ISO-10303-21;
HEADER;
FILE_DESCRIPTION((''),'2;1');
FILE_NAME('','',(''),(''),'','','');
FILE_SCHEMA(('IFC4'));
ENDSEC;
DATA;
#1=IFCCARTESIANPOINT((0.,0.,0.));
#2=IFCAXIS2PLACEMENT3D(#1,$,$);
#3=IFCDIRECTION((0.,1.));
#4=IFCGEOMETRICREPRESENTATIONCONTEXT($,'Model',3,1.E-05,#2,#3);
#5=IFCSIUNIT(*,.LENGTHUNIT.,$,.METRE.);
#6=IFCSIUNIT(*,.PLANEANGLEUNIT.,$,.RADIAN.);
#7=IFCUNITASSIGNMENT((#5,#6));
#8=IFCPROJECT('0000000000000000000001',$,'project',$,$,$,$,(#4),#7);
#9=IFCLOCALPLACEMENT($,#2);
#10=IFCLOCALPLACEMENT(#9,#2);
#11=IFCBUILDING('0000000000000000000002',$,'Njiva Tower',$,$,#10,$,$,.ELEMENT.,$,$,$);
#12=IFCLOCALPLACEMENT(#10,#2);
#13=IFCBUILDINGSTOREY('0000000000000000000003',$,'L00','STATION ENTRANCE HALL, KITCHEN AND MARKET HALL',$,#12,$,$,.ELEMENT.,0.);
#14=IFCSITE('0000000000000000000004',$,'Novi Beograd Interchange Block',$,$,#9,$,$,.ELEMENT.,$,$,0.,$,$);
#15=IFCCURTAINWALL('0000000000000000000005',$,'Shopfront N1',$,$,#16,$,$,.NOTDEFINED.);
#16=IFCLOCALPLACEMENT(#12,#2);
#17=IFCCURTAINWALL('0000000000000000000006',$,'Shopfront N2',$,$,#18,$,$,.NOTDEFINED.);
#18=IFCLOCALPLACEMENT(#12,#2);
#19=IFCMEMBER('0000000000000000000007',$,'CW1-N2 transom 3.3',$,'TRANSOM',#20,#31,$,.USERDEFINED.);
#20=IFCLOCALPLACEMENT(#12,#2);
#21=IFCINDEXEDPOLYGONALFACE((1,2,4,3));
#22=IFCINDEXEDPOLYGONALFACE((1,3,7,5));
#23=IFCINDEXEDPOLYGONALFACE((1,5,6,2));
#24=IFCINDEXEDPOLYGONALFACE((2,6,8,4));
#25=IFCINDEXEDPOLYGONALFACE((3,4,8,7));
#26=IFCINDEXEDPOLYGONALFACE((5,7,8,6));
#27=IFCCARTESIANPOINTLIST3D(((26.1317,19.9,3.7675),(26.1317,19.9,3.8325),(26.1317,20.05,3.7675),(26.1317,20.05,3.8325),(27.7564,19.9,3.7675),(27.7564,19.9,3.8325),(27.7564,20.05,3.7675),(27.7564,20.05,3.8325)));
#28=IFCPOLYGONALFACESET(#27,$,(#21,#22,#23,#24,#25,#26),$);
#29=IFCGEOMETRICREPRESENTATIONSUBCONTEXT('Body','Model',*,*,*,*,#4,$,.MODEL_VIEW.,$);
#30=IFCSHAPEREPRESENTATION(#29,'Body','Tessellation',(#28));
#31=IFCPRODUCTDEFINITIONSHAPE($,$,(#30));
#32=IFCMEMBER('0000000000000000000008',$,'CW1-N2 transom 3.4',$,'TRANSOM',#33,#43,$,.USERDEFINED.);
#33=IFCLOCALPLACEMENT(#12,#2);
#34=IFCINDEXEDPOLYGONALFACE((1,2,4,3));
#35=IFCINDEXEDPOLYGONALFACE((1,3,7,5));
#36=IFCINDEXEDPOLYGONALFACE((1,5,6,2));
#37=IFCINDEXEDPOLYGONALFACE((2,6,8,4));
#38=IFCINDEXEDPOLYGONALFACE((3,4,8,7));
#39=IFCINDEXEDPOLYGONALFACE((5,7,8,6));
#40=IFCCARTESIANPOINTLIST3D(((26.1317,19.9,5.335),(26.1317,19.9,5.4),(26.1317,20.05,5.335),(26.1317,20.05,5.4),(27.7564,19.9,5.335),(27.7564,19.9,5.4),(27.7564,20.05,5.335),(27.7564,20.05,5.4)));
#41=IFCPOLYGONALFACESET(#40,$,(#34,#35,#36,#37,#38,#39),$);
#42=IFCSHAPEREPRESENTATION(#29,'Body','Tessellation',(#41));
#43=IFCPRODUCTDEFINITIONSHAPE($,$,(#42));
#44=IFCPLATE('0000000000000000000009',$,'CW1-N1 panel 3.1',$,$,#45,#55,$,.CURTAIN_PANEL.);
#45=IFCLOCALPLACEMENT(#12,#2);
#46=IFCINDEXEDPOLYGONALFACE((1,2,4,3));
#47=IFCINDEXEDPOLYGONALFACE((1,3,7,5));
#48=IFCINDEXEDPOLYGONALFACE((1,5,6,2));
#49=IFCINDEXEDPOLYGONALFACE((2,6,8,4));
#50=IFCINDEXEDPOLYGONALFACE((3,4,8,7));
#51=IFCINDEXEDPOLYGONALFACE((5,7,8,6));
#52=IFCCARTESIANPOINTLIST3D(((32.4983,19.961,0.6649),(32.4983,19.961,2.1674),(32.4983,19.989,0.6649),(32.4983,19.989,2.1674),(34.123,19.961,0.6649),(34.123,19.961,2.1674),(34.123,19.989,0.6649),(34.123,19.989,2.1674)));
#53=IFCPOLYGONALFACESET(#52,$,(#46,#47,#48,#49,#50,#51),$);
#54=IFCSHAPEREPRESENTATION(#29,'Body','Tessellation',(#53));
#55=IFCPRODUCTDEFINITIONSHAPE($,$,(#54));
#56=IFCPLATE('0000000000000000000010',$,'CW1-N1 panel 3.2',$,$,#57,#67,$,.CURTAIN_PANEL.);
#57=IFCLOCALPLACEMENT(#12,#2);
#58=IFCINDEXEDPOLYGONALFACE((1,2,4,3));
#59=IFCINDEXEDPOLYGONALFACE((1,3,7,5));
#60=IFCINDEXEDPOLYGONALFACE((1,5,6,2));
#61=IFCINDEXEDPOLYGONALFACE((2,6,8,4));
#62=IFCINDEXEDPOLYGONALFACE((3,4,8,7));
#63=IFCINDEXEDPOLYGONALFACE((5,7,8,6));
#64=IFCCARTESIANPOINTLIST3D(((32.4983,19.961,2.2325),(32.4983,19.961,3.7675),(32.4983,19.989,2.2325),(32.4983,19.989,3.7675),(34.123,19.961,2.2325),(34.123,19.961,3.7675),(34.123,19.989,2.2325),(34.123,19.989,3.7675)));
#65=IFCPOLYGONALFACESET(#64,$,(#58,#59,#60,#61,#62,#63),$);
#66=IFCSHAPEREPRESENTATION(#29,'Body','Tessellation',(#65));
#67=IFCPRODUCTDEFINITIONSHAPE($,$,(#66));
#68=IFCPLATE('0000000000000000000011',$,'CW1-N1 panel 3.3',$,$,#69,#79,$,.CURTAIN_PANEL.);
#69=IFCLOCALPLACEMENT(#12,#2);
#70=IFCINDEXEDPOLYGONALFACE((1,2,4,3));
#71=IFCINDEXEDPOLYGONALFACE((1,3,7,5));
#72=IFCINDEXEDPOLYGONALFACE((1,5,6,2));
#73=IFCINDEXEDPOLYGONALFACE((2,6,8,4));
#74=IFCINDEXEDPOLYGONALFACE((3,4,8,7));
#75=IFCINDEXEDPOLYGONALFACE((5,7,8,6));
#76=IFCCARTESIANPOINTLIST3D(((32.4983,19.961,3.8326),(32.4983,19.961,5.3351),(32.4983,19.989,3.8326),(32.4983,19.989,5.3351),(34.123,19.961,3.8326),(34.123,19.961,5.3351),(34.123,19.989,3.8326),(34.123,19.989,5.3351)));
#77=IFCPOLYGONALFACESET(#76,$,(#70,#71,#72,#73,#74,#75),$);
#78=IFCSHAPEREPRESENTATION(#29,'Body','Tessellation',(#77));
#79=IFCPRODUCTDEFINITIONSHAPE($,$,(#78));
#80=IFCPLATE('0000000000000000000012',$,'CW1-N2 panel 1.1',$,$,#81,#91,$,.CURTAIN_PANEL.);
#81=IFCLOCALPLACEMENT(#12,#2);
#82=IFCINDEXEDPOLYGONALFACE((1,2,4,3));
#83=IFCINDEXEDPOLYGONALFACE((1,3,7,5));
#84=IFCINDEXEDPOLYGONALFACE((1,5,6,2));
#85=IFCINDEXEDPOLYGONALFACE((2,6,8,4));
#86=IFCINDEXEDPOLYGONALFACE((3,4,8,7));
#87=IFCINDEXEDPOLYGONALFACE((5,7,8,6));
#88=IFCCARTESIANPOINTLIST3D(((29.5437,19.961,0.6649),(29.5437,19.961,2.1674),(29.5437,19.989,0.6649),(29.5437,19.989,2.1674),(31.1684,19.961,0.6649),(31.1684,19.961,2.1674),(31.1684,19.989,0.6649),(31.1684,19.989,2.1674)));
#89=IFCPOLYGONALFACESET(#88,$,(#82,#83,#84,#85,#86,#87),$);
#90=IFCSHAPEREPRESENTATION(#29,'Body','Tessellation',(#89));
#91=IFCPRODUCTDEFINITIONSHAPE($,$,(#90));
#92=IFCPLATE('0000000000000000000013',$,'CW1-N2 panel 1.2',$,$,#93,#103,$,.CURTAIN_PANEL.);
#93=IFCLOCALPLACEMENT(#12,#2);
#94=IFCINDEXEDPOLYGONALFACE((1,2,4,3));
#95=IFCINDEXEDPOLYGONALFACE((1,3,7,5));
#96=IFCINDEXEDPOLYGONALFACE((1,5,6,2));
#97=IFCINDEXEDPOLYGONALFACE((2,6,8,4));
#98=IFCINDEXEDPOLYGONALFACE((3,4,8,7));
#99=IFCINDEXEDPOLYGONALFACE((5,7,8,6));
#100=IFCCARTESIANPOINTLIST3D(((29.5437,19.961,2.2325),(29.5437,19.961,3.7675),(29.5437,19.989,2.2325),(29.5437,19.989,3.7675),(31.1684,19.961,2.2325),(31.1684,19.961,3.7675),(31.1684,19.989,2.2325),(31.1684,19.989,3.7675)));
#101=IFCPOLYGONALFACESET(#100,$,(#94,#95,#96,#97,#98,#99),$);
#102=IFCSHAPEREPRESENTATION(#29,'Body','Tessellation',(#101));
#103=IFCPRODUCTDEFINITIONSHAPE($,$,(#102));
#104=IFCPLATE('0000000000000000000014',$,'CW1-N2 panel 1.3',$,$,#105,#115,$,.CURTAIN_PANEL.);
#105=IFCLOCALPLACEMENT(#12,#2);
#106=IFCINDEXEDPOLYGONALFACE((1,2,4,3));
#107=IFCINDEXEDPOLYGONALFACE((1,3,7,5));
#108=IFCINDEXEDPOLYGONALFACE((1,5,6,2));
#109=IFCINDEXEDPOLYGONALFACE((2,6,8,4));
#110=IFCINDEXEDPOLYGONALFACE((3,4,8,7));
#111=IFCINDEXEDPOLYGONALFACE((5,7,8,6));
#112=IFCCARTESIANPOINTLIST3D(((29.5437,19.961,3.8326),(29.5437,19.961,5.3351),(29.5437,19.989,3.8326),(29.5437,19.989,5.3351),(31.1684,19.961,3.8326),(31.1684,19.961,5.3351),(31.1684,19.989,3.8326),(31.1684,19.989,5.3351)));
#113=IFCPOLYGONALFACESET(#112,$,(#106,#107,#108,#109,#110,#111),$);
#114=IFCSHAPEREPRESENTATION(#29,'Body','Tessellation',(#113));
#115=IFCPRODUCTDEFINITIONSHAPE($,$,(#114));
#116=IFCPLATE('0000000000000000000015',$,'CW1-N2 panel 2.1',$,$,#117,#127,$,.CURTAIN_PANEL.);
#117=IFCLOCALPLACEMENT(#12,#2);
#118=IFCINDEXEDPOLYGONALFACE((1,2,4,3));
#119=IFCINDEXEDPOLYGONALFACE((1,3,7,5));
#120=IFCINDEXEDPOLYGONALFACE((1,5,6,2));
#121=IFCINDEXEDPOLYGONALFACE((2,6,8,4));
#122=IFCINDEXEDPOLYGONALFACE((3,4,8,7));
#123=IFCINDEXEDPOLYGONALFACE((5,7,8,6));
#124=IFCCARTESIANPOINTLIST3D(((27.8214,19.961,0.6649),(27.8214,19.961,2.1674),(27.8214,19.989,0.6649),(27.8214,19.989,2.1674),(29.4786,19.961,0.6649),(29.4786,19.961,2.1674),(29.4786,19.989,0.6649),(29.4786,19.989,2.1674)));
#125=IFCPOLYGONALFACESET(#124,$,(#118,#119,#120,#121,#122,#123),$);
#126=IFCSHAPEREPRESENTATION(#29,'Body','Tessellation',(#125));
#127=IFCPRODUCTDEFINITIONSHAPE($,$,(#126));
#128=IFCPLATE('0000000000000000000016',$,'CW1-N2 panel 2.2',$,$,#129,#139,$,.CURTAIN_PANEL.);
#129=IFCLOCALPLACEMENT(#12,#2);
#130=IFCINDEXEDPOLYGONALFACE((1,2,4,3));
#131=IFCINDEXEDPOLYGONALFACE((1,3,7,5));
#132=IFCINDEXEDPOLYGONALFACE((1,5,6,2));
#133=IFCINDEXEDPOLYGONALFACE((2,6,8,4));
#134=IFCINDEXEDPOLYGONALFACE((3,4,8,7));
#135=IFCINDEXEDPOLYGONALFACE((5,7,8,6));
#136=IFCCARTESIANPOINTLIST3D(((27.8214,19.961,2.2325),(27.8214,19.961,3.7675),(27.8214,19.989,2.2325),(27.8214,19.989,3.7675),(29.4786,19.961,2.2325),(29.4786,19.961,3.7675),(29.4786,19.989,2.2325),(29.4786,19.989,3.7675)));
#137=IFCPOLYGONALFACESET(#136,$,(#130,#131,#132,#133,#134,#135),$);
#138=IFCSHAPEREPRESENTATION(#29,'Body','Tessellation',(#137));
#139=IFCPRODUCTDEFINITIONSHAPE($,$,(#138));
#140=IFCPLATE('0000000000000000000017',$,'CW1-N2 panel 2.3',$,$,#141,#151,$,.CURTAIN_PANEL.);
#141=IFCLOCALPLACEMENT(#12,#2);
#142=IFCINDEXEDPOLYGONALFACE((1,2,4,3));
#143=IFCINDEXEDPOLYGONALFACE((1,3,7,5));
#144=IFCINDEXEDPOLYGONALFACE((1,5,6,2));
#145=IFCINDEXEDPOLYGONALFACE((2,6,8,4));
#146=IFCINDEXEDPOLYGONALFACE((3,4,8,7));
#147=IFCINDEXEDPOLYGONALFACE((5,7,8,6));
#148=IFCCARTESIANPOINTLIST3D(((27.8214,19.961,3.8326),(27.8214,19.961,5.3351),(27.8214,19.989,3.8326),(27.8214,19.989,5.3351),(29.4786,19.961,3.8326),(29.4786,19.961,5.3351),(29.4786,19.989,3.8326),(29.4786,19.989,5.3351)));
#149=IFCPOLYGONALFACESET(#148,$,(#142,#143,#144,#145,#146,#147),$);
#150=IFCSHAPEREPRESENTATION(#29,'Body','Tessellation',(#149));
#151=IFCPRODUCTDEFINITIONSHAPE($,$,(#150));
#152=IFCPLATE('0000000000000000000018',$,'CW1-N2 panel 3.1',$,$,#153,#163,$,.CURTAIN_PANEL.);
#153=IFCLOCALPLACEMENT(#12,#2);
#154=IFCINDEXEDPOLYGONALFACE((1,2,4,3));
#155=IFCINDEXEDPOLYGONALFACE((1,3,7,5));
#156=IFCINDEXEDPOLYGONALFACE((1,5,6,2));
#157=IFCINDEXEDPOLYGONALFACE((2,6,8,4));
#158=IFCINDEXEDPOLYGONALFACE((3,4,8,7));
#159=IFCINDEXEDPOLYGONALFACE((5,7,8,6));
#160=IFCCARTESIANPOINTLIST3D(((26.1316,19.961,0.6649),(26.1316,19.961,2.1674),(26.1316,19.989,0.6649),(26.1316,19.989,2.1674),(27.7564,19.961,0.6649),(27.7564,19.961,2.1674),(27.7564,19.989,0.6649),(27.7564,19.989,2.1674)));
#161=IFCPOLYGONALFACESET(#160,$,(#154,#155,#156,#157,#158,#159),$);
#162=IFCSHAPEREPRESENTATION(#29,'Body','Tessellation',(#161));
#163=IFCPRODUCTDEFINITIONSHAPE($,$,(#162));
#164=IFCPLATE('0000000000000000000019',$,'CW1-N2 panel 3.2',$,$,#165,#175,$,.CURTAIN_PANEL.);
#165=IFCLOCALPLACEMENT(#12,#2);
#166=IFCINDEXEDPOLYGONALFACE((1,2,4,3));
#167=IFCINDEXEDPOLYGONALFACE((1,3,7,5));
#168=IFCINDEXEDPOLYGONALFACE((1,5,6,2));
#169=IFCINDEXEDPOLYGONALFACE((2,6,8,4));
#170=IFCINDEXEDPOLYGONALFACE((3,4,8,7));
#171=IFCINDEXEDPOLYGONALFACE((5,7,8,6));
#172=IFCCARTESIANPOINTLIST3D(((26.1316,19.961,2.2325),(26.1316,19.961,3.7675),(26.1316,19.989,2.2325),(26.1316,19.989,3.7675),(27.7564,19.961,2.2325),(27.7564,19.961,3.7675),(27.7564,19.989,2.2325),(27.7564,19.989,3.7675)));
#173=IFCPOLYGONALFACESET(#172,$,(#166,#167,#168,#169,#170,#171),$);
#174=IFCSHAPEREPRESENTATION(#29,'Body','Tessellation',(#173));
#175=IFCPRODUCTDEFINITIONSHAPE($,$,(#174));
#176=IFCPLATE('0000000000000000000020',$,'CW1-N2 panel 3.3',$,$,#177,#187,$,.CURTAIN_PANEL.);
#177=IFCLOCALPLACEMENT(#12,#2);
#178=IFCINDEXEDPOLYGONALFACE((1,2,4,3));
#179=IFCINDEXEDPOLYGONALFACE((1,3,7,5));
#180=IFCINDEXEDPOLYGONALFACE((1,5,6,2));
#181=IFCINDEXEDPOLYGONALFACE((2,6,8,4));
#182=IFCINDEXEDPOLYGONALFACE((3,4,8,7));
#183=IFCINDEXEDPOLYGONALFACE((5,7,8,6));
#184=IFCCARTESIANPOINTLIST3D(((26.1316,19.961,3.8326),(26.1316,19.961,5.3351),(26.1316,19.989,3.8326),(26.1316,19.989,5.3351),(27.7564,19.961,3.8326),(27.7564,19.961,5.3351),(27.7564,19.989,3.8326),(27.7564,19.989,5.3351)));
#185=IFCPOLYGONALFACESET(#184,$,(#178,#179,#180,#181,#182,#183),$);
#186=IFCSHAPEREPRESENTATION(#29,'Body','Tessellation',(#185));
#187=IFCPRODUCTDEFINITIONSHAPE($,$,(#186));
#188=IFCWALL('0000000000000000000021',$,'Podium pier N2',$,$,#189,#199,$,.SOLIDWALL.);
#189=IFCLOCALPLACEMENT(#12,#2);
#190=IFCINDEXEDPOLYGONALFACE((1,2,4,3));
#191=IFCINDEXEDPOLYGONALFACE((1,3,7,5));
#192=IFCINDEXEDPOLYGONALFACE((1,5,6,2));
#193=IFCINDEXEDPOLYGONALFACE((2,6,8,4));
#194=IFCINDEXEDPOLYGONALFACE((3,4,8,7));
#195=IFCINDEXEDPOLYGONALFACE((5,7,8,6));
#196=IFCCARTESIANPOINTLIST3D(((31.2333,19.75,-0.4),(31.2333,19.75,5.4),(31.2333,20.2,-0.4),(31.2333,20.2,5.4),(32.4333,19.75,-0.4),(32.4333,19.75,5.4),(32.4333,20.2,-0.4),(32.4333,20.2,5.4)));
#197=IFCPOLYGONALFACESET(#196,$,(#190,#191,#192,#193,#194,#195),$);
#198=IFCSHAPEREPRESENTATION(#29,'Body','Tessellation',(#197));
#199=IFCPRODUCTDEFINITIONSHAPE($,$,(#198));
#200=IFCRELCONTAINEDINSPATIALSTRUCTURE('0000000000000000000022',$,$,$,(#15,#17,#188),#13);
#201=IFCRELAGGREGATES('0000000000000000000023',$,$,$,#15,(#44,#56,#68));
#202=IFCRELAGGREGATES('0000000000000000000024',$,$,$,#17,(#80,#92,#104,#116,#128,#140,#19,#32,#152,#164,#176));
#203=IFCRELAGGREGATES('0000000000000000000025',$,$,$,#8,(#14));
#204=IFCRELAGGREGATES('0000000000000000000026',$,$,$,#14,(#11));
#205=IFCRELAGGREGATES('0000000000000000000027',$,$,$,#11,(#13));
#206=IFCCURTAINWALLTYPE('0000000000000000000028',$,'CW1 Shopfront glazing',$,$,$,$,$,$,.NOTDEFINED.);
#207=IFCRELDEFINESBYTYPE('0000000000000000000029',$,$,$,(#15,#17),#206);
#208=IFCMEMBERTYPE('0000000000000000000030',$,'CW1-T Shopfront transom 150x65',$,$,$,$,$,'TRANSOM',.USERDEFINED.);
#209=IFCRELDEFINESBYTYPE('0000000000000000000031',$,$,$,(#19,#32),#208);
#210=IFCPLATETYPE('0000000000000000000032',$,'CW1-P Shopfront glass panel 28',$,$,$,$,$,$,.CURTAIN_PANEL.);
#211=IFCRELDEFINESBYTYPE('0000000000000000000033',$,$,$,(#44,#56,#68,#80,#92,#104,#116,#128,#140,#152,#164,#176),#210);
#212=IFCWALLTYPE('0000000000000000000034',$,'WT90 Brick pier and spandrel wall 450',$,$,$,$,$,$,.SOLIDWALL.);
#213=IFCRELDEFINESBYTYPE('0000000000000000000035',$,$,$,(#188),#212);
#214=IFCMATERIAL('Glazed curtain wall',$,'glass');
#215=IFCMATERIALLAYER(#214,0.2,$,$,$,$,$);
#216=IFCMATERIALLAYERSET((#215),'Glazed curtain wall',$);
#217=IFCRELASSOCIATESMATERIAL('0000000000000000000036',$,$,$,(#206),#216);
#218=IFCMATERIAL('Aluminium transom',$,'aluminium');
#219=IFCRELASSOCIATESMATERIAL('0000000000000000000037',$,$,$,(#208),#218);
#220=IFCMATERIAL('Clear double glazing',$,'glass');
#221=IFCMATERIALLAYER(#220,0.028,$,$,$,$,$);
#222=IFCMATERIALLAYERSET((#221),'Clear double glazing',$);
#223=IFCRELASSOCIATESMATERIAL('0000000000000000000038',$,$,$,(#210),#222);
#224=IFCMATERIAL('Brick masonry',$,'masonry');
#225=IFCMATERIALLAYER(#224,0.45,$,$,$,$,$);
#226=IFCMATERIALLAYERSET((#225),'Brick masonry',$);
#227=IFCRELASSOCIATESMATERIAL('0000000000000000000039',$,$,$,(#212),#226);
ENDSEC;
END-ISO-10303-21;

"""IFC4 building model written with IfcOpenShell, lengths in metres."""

from ifc_helpers import new_model, si_unit, direction, frame, origin, origin_2d, place, context, subcontext, project, spatial, polyline, rectangle, outline, extrude, material, layer, layer_set, material_profile, profile_set, type_object, element, aggregate, save


model = new_model("IFC4")

# Units and contexts
model_context = context("Model", 3, precision=1e-05, world=origin(), true_north=direction((0.0, 1.0)))
body_context = subcontext(model_context, "Body", "Model", "MODEL_VIEW")
ifc_project = project(units=[si_unit("LENGTHUNIT", "METRE"), si_unit("PLANEANGLEUNIT", "RADIAN")], contexts=[model_context])

# Site, building, storey
site_placement = place(None, origin())
site = spatial("IfcSite", under=ifc_project, at=site_placement, Name="Novi Beograd Interchange Block", CompositionType="ELEMENT", RefElevation=0.0)
building_placement = place(site_placement, origin())
building = spatial("IfcBuilding", under=site, at=building_placement, Name="Njiva Tower", CompositionType="ELEMENT")
storey_placement = place(building_placement, origin())
storey = spatial("IfcBuildingStorey", under=building, at=storey_placement, Name="L00", Description="STATION ENTRANCE HALL, KITCHEN AND MARKET HALL", CompositionType="ELEMENT", Elevation=0.0)

# Curtain wall
ifc_material_1 = material(Name="Glazed curtain wall", Category="glass")
ifc_layer_1 = layer(ifc_material_1, 0.2)
ifc_layer_set_1 = layer_set([ifc_layer_1], Name="Glazed curtain wall")
curtain_wall_type = type_object("IfcCurtainWallType", Name="CW1 Shopfront glazing", PredefinedType="NOTDEFINED", material=ifc_layer_set_1)
curtain_wall_1_placement = place(storey_placement, origin())
curtain_wall_1 = element("IfcCurtainWall", 1, at=curtain_wall_1_placement, inside=storey, type_object=curtain_wall_type, Name="Shopfront N1", PredefinedType="NOTDEFINED")

# Curtain wall, members
curtain_wall_2_placement = place(storey_placement, origin())
curtain_wall_2 = element("IfcCurtainWall", 2, at=curtain_wall_2_placement, inside=storey, type_object=curtain_wall_type, Name="Shopfront N2", PredefinedType="NOTDEFINED")
ifc_material_2 = material(Name="Aluminium transom", Category="aluminium")
ifc_material_profile_1 = material_profile(ifc_material_2, rectangle(XDim=0.15, YDim=0.065, at=origin_2d()), Name="RECT 150x65")
ifc_profile_set_1 = profile_set([ifc_material_profile_1], Name="Aluminium transom")
member_type_1 = type_object("IfcMemberType", Name="CW1-T Shopfront transom 150x65", ElementType="TRANSOM", PredefinedType="USERDEFINED", material=ifc_profile_set_1)
member_1_placement = place(storey_placement, frame((27.7564, 19.975, 3.8), z_axis=(-1.0, 0.0, 0.0), x_axis=(0.0, -1.0, 0.0)))
member_1 = element("IfcMember", 3, at=member_1_placement, type_object=member_type_1, Name="CW1-N2 transom 3.3", ObjectType="TRANSOM", PredefinedType="USERDEFINED", context=body_context, shape_type="SweptSolid", body=[
    extrude(rectangle(XDim=0.15, YDim=0.065, at=origin_2d()), origin(), (0.0, 0.0, 1.0), 1.6247),
])
member_2_placement = place(storey_placement, frame((27.7564, 19.975, 5.3675), z_axis=(-1.0, 0.0, 0.0), x_axis=(0.0, -1.0, 0.0)))
member_2 = element("IfcMember", 4, at=member_2_placement, type_object=member_type_1, Name="CW1-N2 transom 3.4", ObjectType="TRANSOM", PredefinedType="USERDEFINED", context=body_context, shape_type="SweptSolid", body=[
    extrude(rectangle(XDim=0.15, YDim=0.065, at=origin_2d()), origin(), (0.0, 0.0, 1.0), 1.6247),
])

# Plates
ifc_material_3 = material(Name="Clear double glazing", Category="glass")
ifc_layer_2 = layer(ifc_material_3, 0.028)
ifc_layer_set_2 = layer_set([ifc_layer_2], Name="Clear double glazing")
plate_type = type_object("IfcPlateType", Name="CW1-P Shopfront glass panel 28", PredefinedType="CURTAIN_PANEL", material=ifc_layer_set_2)
plate_1_placement = place(storey_placement, frame((33.3107, 19.975, 0.6649), z_axis=(0.0, 0.0, 1.0), x_axis=(-1.0, 0.0, 0.0)))
plate_1 = element("IfcPlate", 5, at=plate_1_placement, type_object=plate_type, Name="CW1-N1 panel 3.1", PredefinedType="CURTAIN_PANEL", context=body_context, shape_type="SweptSolid", body=[
    extrude(rectangle(XDim=1.6247, YDim=0.028, at=origin_2d()), origin(), (0.0, 0.0, 1.0), 1.5025),
])
plate_2_placement = place(storey_placement, frame((33.3107, 19.975, 2.2325), z_axis=(0.0, 0.0, 1.0), x_axis=(-1.0, 0.0, 0.0)))
plate_2 = element("IfcPlate", 6, at=plate_2_placement, type_object=plate_type, Name="CW1-N1 panel 3.2", PredefinedType="CURTAIN_PANEL", context=body_context, shape_type="SweptSolid", body=[
    extrude(rectangle(XDim=1.6247, YDim=0.028, at=origin_2d()), origin(), (0.0, 0.0, 1.0), 1.535),
])
plate_3_placement = place(storey_placement, frame((33.3107, 19.975, 3.8326), z_axis=(0.0, 0.0, 1.0), x_axis=(-1.0, 0.0, 0.0)))
plate_3 = element("IfcPlate", 7, at=plate_3_placement, type_object=plate_type, Name="CW1-N1 panel 3.3", PredefinedType="CURTAIN_PANEL", context=body_context, shape_type="SweptSolid", body=[
    extrude(rectangle(XDim=1.6247, YDim=0.028, at=origin_2d()), origin(), (0.0, 0.0, 1.0), 1.5025),
])
aggregate(curtain_wall_1, [plate_1, plate_2, plate_3])
plate_4_placement = place(storey_placement, frame((30.356, 19.975, 0.6649), z_axis=(0.0, 0.0, 1.0), x_axis=(-1.0, 0.0, 0.0)))
plate_4 = element("IfcPlate", 8, at=plate_4_placement, type_object=plate_type, Name="CW1-N2 panel 1.1", PredefinedType="CURTAIN_PANEL", context=body_context, shape_type="SweptSolid", body=[
    extrude(rectangle(XDim=1.6247, YDim=0.028, at=origin_2d()), origin(), (0.0, 0.0, 1.0), 1.5025),
])
plate_5_placement = place(storey_placement, frame((30.356, 19.975, 2.2325), z_axis=(0.0, 0.0, 1.0), x_axis=(-1.0, 0.0, 0.0)))
plate_5 = element("IfcPlate", 9, at=plate_5_placement, type_object=plate_type, Name="CW1-N2 panel 1.2", PredefinedType="CURTAIN_PANEL", context=body_context, shape_type="SweptSolid", body=[
    extrude(rectangle(XDim=1.6247, YDim=0.028, at=origin_2d()), origin(), (0.0, 0.0, 1.0), 1.535),
])
plate_6_placement = place(storey_placement, frame((30.356, 19.975, 3.8326), z_axis=(0.0, 0.0, 1.0), x_axis=(-1.0, 0.0, 0.0)))
plate_6 = element("IfcPlate", 10, at=plate_6_placement, type_object=plate_type, Name="CW1-N2 panel 1.3", PredefinedType="CURTAIN_PANEL", context=body_context, shape_type="SweptSolid", body=[
    extrude(rectangle(XDim=1.6247, YDim=0.028, at=origin_2d()), origin(), (0.0, 0.0, 1.0), 1.5025),
])
plate_7_placement = place(storey_placement, frame((28.65, 19.975, 0.6649), z_axis=(0.0, 0.0, 1.0), x_axis=(-1.0, 0.0, 0.0)))
plate_7 = element("IfcPlate", 11, at=plate_7_placement, type_object=plate_type, Name="CW1-N2 panel 2.1", PredefinedType="CURTAIN_PANEL", context=body_context, shape_type="SweptSolid", body=[
    extrude(rectangle(XDim=1.6572, YDim=0.028, at=origin_2d()), origin(), (0.0, 0.0, 1.0), 1.5025),
])
plate_8_placement = place(storey_placement, frame((28.65, 19.975, 2.2325), z_axis=(0.0, 0.0, 1.0), x_axis=(-1.0, 0.0, 0.0)))
plate_8 = element("IfcPlate", 12, at=plate_8_placement, type_object=plate_type, Name="CW1-N2 panel 2.2", PredefinedType="CURTAIN_PANEL", context=body_context, shape_type="SweptSolid", body=[
    extrude(rectangle(XDim=1.6572, YDim=0.028, at=origin_2d()), origin(), (0.0, 0.0, 1.0), 1.535),
])
plate_9_placement = place(storey_placement, frame((28.65, 19.975, 3.8326), z_axis=(0.0, 0.0, 1.0), x_axis=(-1.0, 0.0, 0.0)))
plate_9 = element("IfcPlate", 13, at=plate_9_placement, type_object=plate_type, Name="CW1-N2 panel 2.3", PredefinedType="CURTAIN_PANEL", context=body_context, shape_type="SweptSolid", body=[
    extrude(rectangle(XDim=1.6572, YDim=0.028, at=origin_2d()), origin(), (0.0, 0.0, 1.0), 1.5025),
])
plate_10_placement = place(storey_placement, frame((26.944, 19.975, 0.6649), z_axis=(0.0, 0.0, 1.0), x_axis=(-1.0, 0.0, 0.0)))
plate_10 = element("IfcPlate", 14, at=plate_10_placement, type_object=plate_type, Name="CW1-N2 panel 3.1", PredefinedType="CURTAIN_PANEL", context=body_context, shape_type="SweptSolid", body=[
    extrude(rectangle(XDim=1.6247, YDim=0.028, at=origin_2d()), origin(), (0.0, 0.0, 1.0), 1.5025),
])
plate_11_placement = place(storey_placement, frame((26.944, 19.975, 2.2325), z_axis=(0.0, 0.0, 1.0), x_axis=(-1.0, 0.0, 0.0)))
plate_11 = element("IfcPlate", 15, at=plate_11_placement, type_object=plate_type, Name="CW1-N2 panel 3.2", PredefinedType="CURTAIN_PANEL", context=body_context, shape_type="SweptSolid", body=[
    extrude(rectangle(XDim=1.6247, YDim=0.028, at=origin_2d()), origin(), (0.0, 0.0, 1.0), 1.535),
])
plate_12_placement = place(storey_placement, frame((26.944, 19.975, 3.8326), z_axis=(0.0, 0.0, 1.0), x_axis=(-1.0, 0.0, 0.0)))
plate_12 = element("IfcPlate", 16, at=plate_12_placement, type_object=plate_type, Name="CW1-N2 panel 3.3", PredefinedType="CURTAIN_PANEL", context=body_context, shape_type="SweptSolid", body=[
    extrude(rectangle(XDim=1.6247, YDim=0.028, at=origin_2d()), origin(), (0.0, 0.0, 1.0), 1.5025),
])
aggregate(curtain_wall_2, [plate_4, plate_5, plate_6, plate_7, plate_8, plate_9, member_1, member_2, plate_10, plate_11, plate_12])

# Wall
ifc_material_4 = material(Name="Brick masonry", Category="masonry")
ifc_layer_3 = layer(ifc_material_4, 0.45)
ifc_layer_set_3 = layer_set([ifc_layer_3], Name="Brick masonry")
wall_type = type_object("IfcWallType", Name="WT90 Brick pier and spandrel wall 450", PredefinedType="SOLIDWALL", material=ifc_layer_set_3)
for number, where, z_axis, x_axis, name in (
    (17, (32.4333, 19.975, -0.4), (0.0, 0.0, 1.0), (-1.0, 0.0, 0.0), "Podium pier N2"),
):
    element("IfcWall", number, at=place(storey_placement, frame(where, z_axis=z_axis, x_axis=x_axis)), inside=storey, type_object=wall_type, Name=name, PredefinedType="SOLIDWALL", context=body_context, shape_type="SweptSolid", body=[
        extrude(outline(polyline([(0.0, -0.225), (1.2, -0.225), (1.2, 0.225), (0.0, 0.225), (0.0, -0.225)])), origin(), (0.0, 0.0, 1.0), 5.8),
    ])

save(model, "model.ifc")
